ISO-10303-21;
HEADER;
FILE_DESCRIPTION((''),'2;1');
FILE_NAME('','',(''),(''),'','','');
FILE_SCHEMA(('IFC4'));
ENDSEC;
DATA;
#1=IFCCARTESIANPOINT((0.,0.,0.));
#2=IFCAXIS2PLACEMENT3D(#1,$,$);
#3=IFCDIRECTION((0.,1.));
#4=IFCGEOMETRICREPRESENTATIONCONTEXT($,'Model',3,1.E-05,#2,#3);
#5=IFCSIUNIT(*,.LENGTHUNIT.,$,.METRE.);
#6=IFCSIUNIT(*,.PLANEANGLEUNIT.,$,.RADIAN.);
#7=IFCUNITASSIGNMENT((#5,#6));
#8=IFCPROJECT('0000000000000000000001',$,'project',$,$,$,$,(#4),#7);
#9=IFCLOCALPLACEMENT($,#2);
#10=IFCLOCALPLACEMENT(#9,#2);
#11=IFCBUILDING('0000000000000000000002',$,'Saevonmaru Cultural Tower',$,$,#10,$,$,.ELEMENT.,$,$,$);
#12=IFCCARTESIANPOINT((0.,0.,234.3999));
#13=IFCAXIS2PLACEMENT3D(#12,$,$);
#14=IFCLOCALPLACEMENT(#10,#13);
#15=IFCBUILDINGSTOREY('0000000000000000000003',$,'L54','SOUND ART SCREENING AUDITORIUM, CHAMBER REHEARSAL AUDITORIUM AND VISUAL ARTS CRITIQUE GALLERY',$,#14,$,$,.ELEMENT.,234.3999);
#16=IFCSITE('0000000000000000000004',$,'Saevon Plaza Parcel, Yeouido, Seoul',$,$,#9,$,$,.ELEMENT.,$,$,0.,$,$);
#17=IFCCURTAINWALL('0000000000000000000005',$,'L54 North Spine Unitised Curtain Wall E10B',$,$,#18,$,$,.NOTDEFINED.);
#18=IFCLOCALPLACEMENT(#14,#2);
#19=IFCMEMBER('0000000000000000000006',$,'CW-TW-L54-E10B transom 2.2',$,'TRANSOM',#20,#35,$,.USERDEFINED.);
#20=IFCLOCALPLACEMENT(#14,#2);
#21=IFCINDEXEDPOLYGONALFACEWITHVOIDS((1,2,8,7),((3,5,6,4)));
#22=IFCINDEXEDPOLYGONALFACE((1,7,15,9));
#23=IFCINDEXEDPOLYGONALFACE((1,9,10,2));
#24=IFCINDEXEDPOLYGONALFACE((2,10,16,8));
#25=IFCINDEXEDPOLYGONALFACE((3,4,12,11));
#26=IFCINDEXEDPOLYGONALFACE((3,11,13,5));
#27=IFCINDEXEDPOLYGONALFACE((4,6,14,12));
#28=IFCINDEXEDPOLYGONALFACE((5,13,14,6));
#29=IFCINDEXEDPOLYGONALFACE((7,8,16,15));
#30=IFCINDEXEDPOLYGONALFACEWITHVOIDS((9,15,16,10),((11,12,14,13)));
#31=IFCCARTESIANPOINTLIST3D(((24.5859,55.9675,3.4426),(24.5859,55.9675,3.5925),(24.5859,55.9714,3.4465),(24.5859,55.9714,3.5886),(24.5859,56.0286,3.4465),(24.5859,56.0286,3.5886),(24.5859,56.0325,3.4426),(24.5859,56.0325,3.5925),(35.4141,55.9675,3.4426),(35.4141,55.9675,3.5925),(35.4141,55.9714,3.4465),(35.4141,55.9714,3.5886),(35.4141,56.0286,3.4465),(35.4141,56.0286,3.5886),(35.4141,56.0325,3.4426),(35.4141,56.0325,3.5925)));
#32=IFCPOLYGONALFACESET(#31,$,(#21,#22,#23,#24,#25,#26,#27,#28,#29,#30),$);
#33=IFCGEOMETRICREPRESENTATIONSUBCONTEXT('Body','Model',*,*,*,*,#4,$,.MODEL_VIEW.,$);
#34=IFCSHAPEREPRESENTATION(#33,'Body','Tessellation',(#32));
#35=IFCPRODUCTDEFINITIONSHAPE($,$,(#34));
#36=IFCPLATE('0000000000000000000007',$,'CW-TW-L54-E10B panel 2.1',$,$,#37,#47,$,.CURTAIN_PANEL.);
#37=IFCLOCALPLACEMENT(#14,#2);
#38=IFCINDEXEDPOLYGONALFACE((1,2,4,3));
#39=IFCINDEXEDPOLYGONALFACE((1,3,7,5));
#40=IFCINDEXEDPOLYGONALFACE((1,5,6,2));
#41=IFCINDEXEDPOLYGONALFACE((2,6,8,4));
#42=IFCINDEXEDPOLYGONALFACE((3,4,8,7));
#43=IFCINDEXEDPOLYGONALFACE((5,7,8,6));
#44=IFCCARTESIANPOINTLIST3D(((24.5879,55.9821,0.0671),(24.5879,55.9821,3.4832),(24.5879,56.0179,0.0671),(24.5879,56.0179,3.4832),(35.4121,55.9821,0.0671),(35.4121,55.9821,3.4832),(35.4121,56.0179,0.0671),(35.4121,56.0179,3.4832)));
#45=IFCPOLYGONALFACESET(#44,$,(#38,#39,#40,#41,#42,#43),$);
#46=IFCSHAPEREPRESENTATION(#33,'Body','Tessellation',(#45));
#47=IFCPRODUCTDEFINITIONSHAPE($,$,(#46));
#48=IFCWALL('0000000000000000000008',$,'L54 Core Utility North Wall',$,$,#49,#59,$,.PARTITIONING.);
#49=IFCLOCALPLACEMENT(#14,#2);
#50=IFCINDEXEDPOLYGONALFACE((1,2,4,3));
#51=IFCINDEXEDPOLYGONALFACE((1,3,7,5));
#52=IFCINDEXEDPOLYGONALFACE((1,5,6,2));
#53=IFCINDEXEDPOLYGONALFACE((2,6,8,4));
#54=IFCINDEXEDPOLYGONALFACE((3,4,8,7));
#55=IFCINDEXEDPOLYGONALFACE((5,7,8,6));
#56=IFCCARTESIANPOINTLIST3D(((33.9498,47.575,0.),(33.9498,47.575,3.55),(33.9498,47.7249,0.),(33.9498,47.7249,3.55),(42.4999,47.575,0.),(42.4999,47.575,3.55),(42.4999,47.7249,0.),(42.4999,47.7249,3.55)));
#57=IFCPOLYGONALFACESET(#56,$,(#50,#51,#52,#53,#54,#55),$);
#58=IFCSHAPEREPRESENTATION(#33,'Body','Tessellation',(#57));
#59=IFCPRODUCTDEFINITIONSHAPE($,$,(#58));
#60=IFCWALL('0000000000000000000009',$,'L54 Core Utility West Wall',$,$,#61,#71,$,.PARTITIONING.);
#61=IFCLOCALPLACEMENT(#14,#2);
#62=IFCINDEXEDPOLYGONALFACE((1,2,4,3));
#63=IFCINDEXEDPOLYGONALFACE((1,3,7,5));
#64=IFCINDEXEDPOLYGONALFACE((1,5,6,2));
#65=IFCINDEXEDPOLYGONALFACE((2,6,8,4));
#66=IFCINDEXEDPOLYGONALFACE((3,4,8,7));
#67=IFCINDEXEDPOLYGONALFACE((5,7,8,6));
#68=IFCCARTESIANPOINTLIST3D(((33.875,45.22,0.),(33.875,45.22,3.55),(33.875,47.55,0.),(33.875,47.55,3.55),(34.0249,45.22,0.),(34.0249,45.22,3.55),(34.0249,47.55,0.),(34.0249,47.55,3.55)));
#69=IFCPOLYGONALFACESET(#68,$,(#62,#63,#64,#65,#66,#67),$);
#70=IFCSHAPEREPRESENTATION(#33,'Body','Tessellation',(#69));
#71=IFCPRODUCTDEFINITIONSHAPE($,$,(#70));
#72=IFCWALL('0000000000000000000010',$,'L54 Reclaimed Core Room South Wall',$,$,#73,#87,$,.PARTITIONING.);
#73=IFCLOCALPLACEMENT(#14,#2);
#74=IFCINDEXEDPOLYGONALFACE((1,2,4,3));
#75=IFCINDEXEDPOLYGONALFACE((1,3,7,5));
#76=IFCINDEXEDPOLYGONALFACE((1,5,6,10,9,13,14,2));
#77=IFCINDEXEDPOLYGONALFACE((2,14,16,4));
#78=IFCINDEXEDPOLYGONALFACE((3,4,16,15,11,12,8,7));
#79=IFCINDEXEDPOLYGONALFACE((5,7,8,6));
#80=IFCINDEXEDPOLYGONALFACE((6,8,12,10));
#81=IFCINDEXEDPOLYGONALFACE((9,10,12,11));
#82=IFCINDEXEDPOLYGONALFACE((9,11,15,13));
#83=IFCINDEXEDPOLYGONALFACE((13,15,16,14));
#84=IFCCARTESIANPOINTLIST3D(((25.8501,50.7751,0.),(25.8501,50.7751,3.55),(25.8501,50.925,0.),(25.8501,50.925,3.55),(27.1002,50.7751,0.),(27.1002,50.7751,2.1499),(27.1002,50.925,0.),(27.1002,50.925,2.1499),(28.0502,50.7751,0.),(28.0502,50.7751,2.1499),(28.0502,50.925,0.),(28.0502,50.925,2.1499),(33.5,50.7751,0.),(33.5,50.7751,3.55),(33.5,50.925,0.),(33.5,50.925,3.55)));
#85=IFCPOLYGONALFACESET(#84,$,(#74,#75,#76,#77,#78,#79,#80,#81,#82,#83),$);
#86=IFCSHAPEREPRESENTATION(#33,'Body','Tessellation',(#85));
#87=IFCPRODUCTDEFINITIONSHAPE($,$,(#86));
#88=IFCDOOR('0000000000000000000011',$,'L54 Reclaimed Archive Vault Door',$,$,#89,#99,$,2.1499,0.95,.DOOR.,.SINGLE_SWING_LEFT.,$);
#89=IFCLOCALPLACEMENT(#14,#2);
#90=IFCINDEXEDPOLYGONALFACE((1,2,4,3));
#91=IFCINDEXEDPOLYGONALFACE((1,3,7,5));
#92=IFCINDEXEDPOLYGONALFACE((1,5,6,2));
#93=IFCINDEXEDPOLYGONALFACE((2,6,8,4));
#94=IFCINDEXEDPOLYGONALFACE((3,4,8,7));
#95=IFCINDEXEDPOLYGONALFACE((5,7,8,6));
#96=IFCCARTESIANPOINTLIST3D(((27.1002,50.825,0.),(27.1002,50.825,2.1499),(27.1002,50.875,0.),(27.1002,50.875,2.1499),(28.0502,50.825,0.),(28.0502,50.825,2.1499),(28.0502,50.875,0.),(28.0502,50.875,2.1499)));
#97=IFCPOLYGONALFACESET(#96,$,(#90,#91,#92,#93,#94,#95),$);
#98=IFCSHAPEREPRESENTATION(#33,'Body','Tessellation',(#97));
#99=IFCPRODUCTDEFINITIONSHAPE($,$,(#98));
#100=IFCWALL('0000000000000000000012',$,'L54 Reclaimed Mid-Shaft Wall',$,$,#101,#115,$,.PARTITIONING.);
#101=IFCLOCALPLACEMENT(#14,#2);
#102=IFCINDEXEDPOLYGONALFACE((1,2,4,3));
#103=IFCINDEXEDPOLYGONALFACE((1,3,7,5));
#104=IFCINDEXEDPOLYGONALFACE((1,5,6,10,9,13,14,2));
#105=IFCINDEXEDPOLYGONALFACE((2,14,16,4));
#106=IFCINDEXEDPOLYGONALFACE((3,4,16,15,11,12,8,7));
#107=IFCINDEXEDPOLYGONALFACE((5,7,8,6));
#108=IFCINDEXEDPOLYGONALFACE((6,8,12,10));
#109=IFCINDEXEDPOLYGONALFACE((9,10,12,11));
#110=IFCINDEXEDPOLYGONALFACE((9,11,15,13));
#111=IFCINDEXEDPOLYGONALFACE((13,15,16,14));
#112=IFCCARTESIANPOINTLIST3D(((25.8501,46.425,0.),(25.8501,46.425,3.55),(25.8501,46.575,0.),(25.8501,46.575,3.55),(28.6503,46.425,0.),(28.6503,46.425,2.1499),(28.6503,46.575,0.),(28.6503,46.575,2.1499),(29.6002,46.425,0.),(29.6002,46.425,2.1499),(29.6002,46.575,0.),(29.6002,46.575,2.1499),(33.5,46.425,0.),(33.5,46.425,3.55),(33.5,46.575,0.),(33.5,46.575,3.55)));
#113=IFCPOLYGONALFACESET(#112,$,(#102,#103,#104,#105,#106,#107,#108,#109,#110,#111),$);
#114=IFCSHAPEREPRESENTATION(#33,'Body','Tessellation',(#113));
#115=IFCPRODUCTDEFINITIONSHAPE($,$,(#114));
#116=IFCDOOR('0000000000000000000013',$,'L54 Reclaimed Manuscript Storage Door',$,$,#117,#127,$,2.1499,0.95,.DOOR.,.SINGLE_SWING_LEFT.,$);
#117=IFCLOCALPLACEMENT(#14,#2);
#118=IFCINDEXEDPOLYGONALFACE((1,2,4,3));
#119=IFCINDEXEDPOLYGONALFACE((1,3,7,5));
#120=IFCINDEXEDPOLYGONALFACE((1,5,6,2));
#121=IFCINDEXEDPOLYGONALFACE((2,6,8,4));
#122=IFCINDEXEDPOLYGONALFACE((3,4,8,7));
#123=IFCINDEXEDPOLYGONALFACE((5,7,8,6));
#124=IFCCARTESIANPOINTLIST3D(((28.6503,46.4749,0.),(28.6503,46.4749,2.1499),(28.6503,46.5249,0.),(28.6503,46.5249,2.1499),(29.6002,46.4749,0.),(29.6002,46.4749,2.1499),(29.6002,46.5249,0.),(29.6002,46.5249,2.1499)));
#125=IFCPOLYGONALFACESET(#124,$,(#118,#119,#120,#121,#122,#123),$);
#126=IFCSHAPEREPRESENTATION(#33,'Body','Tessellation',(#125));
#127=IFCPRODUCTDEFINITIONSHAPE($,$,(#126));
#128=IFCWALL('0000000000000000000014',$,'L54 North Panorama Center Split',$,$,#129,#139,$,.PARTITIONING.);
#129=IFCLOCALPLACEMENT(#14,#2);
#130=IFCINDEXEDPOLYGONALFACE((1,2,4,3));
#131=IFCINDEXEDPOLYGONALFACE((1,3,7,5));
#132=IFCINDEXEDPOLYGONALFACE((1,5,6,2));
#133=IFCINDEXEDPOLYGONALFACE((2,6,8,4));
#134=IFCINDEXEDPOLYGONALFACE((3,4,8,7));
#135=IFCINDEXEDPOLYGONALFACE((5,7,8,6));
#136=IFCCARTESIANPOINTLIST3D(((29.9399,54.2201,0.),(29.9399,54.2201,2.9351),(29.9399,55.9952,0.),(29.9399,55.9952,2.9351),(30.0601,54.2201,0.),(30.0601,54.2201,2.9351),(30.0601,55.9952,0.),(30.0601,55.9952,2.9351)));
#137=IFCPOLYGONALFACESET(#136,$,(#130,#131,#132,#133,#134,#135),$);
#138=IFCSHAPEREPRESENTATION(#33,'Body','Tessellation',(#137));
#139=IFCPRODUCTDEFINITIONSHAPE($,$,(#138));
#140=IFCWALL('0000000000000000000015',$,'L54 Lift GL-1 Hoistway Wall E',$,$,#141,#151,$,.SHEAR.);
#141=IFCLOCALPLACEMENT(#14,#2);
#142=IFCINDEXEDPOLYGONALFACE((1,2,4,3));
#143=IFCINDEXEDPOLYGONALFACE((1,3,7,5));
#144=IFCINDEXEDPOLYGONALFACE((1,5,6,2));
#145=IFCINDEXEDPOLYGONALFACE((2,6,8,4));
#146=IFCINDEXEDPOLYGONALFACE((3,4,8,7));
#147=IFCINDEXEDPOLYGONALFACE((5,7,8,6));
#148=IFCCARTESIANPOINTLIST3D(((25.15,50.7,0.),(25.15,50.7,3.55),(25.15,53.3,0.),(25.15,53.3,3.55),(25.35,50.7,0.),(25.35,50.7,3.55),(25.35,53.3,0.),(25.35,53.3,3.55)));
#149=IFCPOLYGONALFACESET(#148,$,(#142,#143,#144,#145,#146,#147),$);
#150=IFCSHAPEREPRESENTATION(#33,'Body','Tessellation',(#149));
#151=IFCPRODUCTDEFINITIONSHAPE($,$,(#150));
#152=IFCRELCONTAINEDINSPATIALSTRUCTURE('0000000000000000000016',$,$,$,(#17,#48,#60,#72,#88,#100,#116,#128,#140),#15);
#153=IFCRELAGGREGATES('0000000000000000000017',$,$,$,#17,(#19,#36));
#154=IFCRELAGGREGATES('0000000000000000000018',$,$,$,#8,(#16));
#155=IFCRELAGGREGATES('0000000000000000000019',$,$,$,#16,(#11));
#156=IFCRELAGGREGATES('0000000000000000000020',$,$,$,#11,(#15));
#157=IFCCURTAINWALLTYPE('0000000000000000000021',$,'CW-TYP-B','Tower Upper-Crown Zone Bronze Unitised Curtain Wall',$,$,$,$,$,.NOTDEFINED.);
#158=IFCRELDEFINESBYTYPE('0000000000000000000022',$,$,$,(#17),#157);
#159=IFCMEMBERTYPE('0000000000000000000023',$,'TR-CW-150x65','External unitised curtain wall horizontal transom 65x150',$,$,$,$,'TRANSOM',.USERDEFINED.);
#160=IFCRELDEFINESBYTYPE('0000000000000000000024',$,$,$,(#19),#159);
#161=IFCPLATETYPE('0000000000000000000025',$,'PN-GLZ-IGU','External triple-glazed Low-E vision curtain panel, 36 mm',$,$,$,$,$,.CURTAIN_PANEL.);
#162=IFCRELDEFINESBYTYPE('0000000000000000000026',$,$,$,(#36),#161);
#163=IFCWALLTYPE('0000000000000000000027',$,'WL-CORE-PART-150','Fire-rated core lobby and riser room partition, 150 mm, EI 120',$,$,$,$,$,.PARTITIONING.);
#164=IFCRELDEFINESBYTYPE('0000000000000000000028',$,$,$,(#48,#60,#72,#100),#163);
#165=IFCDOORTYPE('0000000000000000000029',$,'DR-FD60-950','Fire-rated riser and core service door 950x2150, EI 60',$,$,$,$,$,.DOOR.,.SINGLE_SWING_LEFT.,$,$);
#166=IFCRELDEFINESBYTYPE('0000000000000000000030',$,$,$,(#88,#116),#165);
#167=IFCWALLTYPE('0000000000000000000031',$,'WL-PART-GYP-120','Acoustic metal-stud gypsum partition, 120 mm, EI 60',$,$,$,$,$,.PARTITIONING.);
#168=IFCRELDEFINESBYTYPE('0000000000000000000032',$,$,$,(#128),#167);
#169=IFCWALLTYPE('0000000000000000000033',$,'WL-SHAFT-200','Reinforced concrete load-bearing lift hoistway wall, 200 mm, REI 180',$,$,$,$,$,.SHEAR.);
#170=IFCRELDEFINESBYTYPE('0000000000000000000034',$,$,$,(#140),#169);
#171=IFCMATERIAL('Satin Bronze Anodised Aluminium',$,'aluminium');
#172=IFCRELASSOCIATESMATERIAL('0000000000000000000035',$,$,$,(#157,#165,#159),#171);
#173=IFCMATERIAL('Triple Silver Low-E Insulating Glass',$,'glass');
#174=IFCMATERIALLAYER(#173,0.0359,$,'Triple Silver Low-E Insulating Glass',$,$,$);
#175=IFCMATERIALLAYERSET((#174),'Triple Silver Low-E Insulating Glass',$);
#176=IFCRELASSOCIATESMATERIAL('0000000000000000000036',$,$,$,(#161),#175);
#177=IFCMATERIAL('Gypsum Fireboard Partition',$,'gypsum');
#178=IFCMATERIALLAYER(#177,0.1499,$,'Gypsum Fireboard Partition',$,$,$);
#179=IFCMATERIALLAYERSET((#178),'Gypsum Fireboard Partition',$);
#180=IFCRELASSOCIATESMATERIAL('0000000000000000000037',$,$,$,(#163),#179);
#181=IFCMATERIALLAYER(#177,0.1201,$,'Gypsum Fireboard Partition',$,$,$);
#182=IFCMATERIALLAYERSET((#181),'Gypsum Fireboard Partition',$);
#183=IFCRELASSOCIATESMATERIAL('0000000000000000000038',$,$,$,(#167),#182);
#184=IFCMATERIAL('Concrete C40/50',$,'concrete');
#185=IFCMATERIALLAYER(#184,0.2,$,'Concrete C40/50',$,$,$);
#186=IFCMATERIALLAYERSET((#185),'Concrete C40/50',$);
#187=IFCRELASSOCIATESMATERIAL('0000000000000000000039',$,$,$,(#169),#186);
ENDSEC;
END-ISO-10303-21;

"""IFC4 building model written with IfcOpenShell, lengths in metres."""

from ifc_helpers import new_model, si_unit, direction, frame, frame_2d, origin, origin_2d, place, context, subcontext, project, spatial, rectangle, hollow_rectangle, extrude, material, layer, layer_set, material_profile, profile_set, type_object, element, fill, aggregate, save


model = new_model("IFC4")

# Units and contexts
model_context = context("Model", 3, precision=1e-05, world=origin(), true_north=direction((0.0, 1.0)))
body_context = subcontext(model_context, "Body", "Model", "MODEL_VIEW")
ifc_project = project(units=[si_unit("LENGTHUNIT", "METRE"), si_unit("PLANEANGLEUNIT", "RADIAN")], contexts=[model_context])

# Site, building, storey
site_placement = place(None, origin())
site = spatial("IfcSite", under=ifc_project, at=site_placement, Name="Saevon Plaza Parcel, Yeouido, Seoul", CompositionType="ELEMENT", RefElevation=0.0)
building_placement = place(site_placement, origin())
building = spatial("IfcBuilding", under=site, at=building_placement, Name="Saevonmaru Cultural Tower", CompositionType="ELEMENT")
storey_placement = place(building_placement, frame((0.0, 0.0, 234.3999)))
storey = spatial("IfcBuildingStorey", under=building, at=storey_placement, Name="L54", Description="SOUND ART SCREENING AUDITORIUM, CHAMBER REHEARSAL AUDITORIUM AND VISUAL ARTS CRITIQUE GALLERY", CompositionType="ELEMENT", Elevation=234.3999)

# Curtain wall, member, plate
ifc_material_1 = material(Name="Satin Bronze Anodised Aluminium", Category="aluminium")
curtain_wall_type = type_object("IfcCurtainWallType", Name="CW-TYP-B", Description="Tower Upper-Crown Zone Bronze Unitised Curtain Wall", PredefinedType="NOTDEFINED", material=ifc_material_1)
curtain_wall_placement = place(storey_placement, origin())
curtain_wall = element("IfcCurtainWall", 1, at=curtain_wall_placement, inside=storey, type_object=curtain_wall_type, Name="L54 North Spine Unitised Curtain Wall E10B", PredefinedType="NOTDEFINED")
ifc_material_profile_1 = material_profile(ifc_material_1, hollow_rectangle(XDim=0.0649, YDim=0.1499, WallThickness=0.0039, at=origin_2d()), Name="ALU-TRAN-150x65x4")
ifc_profile_set_1 = profile_set([ifc_material_profile_1], Name="Satin Bronze Anodised Aluminium")
member_type_1 = type_object("IfcMemberType", Name="TR-CW-150x65", Description="External unitised curtain wall horizontal transom 65x150", ElementType="TRANSOM", PredefinedType="USERDEFINED", material=ifc_profile_set_1)
member_1_placement = place(storey_placement, frame((35.4141, 56.0, 3.5176), z_axis=(-1.0, 0.0, 0.0), x_axis=(0.0, -1.0, 0.0)))
member_1 = element("IfcMember", 2, at=member_1_placement, type_object=member_type_1, Name="CW-TW-L54-E10B transom 2.2", ObjectType="TRANSOM", PredefinedType="USERDEFINED", context=body_context, shape_type="SweptSolid", body=[
    extrude(hollow_rectangle(XDim=0.0649, YDim=0.1499, WallThickness=0.0039, at=origin_2d()), origin(), (0.0, 0.0, 1.0), 10.8281),
])
ifc_material_2 = material(Name="Triple Silver Low-E Insulating Glass", Category="glass")
ifc_layer_1 = layer(ifc_material_2, 0.0359, Name="Triple Silver Low-E Insulating Glass")
ifc_layer_set_1 = layer_set([ifc_layer_1], Name="Triple Silver Low-E Insulating Glass")
plate_type = type_object("IfcPlateType", Name="PN-GLZ-IGU", Description="External triple-glazed Low-E vision curtain panel, 36 mm", PredefinedType="CURTAIN_PANEL", material=ifc_layer_set_1)
plate_placement = place(storey_placement, frame((30.0, 56.0, 0.0671), z_axis=(0.0, 0.0, 1.0), x_axis=(-1.0, 0.0, 0.0)))
plate = element("IfcPlate", 3, at=plate_placement, type_object=plate_type, Name="CW-TW-L54-E10B panel 2.1", PredefinedType="CURTAIN_PANEL", context=body_context, shape_type="SweptSolid", body=[
    extrude(rectangle(XDim=10.8242, YDim=0.0359, at=origin_2d()), origin(), (0.0, 0.0, 1.0), 3.416),
])
aggregate(curtain_wall, [member_1, plate])

# Shared definitions
ifc_material_3 = material(Name="Gypsum Fireboard Partition", Category="gypsum")
ifc_layer_2 = layer(ifc_material_3, 0.1499, Name="Gypsum Fireboard Partition")
ifc_layer_set_2 = layer_set([ifc_layer_2], Name="Gypsum Fireboard Partition")
wall_type_1 = type_object("IfcWallType", Name="WL-CORE-PART-150", Description="Fire-rated core lobby and riser room partition, 150 mm, EI 120", PredefinedType="PARTITIONING", material=ifc_layer_set_2)

# Shared definitions
door_type_1 = type_object("IfcDoorType", Name="DR-FD60-950", Description="Fire-rated riser and core service door 950x2150, EI 60", OperationType="SINGLE_SWING_LEFT", PredefinedType="DOOR", material=ifc_material_1)

# Walls
wall_1_placement = place(storey_placement, frame((33.95, 47.6499, 0.0), z_axis=(0.0, 0.0, 1.0), x_axis=(1.0, 0.0, 0.0)))
element("IfcWall", 4, at=wall_1_placement, inside=storey, type_object=wall_type_1, Name="L54 Core Utility North Wall", PredefinedType="PARTITIONING", context=body_context, shape_type="SweptSolid", body=[
    extrude(rectangle(XDim=8.55, YDim=0.1499, at=frame_2d((4.2749, 0.0))), origin(), (0.0, 0.0, 1.0), 3.55),
])
wall_2_placement = place(storey_placement, frame((33.95, 45.22, 0.0), z_axis=(0.0, 0.0, 1.0), x_axis=(0.0, 1.0, 0.0)))
element("IfcWall", 5, at=wall_2_placement, inside=storey, type_object=wall_type_1, Name="L54 Core Utility West Wall", PredefinedType="PARTITIONING", context=body_context, shape_type="SweptSolid", body=[
    extrude(rectangle(XDim=2.3301, YDim=0.1499, at=frame_2d((1.165, 0.0))), origin(), (0.0, 0.0, 1.0), 3.55),
])

# Walls, openings, doors
wall_3_placement = place(storey_placement, frame((25.8501, 50.8501, 0.0), z_axis=(0.0, 0.0, 1.0), x_axis=(1.0, 0.0, 0.0)))
wall_3 = element("IfcWall", 6, at=wall_3_placement, inside=storey, type_object=wall_type_1, Name="L54 Reclaimed Core Room South Wall", PredefinedType="PARTITIONING", context=body_context, shape_type="SweptSolid", body=[
    extrude(rectangle(XDim=7.6499, YDim=0.1499, at=frame_2d((3.825, 0.0))), origin(), (0.0, 0.0, 1.0), 3.55),
])
opening_1_placement = place(wall_3_placement, frame((1.25, 0.0, 0.0)))
opening_1 = element("IfcOpeningElement", 7, at=opening_1_placement, cuts=wall_3, PredefinedType="OPENING", context=body_context, shape_type="SweptSolid", body=[
    extrude(rectangle(XDim=0.95, YDim=2.1499, at=frame_2d((0.4751, 1.075))), frame((0.0, 0.085, 0.0), z_axis=(0.0, -1.0, 0.0), x_axis=(1.0, 0.0, 0.0)), (0.0, 0.0, 1.0), 0.1699),
])
door_1_placement = place(opening_1_placement, origin())
door_1 = element("IfcDoor", 8, at=door_1_placement, inside=storey, type_object=door_type_1, Name="L54 Reclaimed Archive Vault Door", OperationType="SINGLE_SWING_LEFT", OverallHeight=2.1499, OverallWidth=0.95, PredefinedType="DOOR", context=body_context, shape_type="SweptSolid", body=[
    extrude(rectangle(XDim=0.95, YDim=2.1499, at=frame_2d((0.4751, 1.075))), frame((0.0, 0.0249, 0.0), z_axis=(0.0, -1.0, 0.0), x_axis=(1.0, 0.0, 0.0)), (0.0, 0.0, 1.0), 0.05),
])
fill(opening_1, door_1)
wall_4_placement = place(storey_placement, frame((25.8501, 46.5, 0.0), z_axis=(0.0, 0.0, 1.0), x_axis=(1.0, 0.0, 0.0)))
wall_4 = element("IfcWall", 9, at=wall_4_placement, inside=storey, type_object=wall_type_1, Name="L54 Reclaimed Mid-Shaft Wall", PredefinedType="PARTITIONING", context=body_context, shape_type="SweptSolid", body=[
    extrude(rectangle(XDim=7.6499, YDim=0.1499, at=frame_2d((3.825, 0.0))), origin(), (0.0, 0.0, 1.0), 3.55),
])
opening_2_placement = place(wall_4_placement, frame((2.8, 0.0, 0.0)))
opening_2 = element("IfcOpeningElement", 10, at=opening_2_placement, cuts=wall_4, PredefinedType="OPENING", context=body_context, shape_type="SweptSolid", body=[
    extrude(rectangle(XDim=0.95, YDim=2.1499, at=frame_2d((0.4751, 1.075))), frame((0.0, 0.085, 0.0), z_axis=(0.0, -1.0, 0.0), x_axis=(1.0, 0.0, 0.0)), (0.0, 0.0, 1.0), 0.1699),
])
door_2_placement = place(opening_2_placement, origin())
door_2 = element("IfcDoor", 11, at=door_2_placement, inside=storey, type_object=door_type_1, Name="L54 Reclaimed Manuscript Storage Door", OperationType="SINGLE_SWING_LEFT", OverallHeight=2.1499, OverallWidth=0.95, PredefinedType="DOOR", context=body_context, shape_type="SweptSolid", body=[
    extrude(rectangle(XDim=0.95, YDim=2.1499, at=frame_2d((0.4751, 1.075))), frame((0.0, 0.0249, 0.0), z_axis=(0.0, -1.0, 0.0), x_axis=(1.0, 0.0, 0.0)), (0.0, 0.0, 1.0), 0.05),
])
fill(opening_2, door_2)

# Walls
ifc_layer_3 = layer(ifc_material_3, 0.1201, Name="Gypsum Fireboard Partition")
ifc_layer_set_3 = layer_set([ifc_layer_3], Name="Gypsum Fireboard Partition")
wall_type_2 = type_object("IfcWallType", Name="WL-PART-GYP-120", Description="Acoustic metal-stud gypsum partition, 120 mm, EI 60", PredefinedType="PARTITIONING", material=ifc_layer_set_3)
wall_5_placement = place(storey_placement, frame((30.0, 54.22, 0.0), z_axis=(0.0, 0.0, 1.0), x_axis=(0.0, 1.0, 0.0)))
element("IfcWall", 12, at=wall_5_placement, inside=storey, type_object=wall_type_2, Name="L54 North Panorama Center Split", PredefinedType="PARTITIONING", context=body_context, shape_type="SweptSolid", body=[
    extrude(rectangle(XDim=1.7751, YDim=0.1201, at=frame_2d((0.8877, 0.0))), origin(), (0.0, 0.0, 1.0), 2.9351),
])
ifc_material_4 = material(Name="Concrete C40/50", Category="concrete")
ifc_layer_4 = layer(ifc_material_4, 0.2, Name="Concrete C40/50")
ifc_layer_set_4 = layer_set([ifc_layer_4], Name="Concrete C40/50")
wall_type_3 = type_object("IfcWallType", Name="WL-SHAFT-200", Description="Reinforced concrete load-bearing lift hoistway wall, 200 mm, REI 180", PredefinedType="SHEAR", material=ifc_layer_set_4)
wall_6_placement = place(storey_placement, frame((25.25, 50.7, 0.0), z_axis=(0.0, 0.0, 1.0), x_axis=(0.0, 1.0, 0.0)))
element("IfcWall", 13, at=wall_6_placement, inside=storey, type_object=wall_type_3, Name="L54 Lift GL-1 Hoistway Wall E", PredefinedType="SHEAR", context=body_context, shape_type="SweptSolid", body=[
    extrude(rectangle(XDim=2.6001, YDim=0.2, at=frame_2d((1.3, 0.0))), origin(), (0.0, 0.0, 1.0), 3.55),
])

save(model, "model.ifc")
